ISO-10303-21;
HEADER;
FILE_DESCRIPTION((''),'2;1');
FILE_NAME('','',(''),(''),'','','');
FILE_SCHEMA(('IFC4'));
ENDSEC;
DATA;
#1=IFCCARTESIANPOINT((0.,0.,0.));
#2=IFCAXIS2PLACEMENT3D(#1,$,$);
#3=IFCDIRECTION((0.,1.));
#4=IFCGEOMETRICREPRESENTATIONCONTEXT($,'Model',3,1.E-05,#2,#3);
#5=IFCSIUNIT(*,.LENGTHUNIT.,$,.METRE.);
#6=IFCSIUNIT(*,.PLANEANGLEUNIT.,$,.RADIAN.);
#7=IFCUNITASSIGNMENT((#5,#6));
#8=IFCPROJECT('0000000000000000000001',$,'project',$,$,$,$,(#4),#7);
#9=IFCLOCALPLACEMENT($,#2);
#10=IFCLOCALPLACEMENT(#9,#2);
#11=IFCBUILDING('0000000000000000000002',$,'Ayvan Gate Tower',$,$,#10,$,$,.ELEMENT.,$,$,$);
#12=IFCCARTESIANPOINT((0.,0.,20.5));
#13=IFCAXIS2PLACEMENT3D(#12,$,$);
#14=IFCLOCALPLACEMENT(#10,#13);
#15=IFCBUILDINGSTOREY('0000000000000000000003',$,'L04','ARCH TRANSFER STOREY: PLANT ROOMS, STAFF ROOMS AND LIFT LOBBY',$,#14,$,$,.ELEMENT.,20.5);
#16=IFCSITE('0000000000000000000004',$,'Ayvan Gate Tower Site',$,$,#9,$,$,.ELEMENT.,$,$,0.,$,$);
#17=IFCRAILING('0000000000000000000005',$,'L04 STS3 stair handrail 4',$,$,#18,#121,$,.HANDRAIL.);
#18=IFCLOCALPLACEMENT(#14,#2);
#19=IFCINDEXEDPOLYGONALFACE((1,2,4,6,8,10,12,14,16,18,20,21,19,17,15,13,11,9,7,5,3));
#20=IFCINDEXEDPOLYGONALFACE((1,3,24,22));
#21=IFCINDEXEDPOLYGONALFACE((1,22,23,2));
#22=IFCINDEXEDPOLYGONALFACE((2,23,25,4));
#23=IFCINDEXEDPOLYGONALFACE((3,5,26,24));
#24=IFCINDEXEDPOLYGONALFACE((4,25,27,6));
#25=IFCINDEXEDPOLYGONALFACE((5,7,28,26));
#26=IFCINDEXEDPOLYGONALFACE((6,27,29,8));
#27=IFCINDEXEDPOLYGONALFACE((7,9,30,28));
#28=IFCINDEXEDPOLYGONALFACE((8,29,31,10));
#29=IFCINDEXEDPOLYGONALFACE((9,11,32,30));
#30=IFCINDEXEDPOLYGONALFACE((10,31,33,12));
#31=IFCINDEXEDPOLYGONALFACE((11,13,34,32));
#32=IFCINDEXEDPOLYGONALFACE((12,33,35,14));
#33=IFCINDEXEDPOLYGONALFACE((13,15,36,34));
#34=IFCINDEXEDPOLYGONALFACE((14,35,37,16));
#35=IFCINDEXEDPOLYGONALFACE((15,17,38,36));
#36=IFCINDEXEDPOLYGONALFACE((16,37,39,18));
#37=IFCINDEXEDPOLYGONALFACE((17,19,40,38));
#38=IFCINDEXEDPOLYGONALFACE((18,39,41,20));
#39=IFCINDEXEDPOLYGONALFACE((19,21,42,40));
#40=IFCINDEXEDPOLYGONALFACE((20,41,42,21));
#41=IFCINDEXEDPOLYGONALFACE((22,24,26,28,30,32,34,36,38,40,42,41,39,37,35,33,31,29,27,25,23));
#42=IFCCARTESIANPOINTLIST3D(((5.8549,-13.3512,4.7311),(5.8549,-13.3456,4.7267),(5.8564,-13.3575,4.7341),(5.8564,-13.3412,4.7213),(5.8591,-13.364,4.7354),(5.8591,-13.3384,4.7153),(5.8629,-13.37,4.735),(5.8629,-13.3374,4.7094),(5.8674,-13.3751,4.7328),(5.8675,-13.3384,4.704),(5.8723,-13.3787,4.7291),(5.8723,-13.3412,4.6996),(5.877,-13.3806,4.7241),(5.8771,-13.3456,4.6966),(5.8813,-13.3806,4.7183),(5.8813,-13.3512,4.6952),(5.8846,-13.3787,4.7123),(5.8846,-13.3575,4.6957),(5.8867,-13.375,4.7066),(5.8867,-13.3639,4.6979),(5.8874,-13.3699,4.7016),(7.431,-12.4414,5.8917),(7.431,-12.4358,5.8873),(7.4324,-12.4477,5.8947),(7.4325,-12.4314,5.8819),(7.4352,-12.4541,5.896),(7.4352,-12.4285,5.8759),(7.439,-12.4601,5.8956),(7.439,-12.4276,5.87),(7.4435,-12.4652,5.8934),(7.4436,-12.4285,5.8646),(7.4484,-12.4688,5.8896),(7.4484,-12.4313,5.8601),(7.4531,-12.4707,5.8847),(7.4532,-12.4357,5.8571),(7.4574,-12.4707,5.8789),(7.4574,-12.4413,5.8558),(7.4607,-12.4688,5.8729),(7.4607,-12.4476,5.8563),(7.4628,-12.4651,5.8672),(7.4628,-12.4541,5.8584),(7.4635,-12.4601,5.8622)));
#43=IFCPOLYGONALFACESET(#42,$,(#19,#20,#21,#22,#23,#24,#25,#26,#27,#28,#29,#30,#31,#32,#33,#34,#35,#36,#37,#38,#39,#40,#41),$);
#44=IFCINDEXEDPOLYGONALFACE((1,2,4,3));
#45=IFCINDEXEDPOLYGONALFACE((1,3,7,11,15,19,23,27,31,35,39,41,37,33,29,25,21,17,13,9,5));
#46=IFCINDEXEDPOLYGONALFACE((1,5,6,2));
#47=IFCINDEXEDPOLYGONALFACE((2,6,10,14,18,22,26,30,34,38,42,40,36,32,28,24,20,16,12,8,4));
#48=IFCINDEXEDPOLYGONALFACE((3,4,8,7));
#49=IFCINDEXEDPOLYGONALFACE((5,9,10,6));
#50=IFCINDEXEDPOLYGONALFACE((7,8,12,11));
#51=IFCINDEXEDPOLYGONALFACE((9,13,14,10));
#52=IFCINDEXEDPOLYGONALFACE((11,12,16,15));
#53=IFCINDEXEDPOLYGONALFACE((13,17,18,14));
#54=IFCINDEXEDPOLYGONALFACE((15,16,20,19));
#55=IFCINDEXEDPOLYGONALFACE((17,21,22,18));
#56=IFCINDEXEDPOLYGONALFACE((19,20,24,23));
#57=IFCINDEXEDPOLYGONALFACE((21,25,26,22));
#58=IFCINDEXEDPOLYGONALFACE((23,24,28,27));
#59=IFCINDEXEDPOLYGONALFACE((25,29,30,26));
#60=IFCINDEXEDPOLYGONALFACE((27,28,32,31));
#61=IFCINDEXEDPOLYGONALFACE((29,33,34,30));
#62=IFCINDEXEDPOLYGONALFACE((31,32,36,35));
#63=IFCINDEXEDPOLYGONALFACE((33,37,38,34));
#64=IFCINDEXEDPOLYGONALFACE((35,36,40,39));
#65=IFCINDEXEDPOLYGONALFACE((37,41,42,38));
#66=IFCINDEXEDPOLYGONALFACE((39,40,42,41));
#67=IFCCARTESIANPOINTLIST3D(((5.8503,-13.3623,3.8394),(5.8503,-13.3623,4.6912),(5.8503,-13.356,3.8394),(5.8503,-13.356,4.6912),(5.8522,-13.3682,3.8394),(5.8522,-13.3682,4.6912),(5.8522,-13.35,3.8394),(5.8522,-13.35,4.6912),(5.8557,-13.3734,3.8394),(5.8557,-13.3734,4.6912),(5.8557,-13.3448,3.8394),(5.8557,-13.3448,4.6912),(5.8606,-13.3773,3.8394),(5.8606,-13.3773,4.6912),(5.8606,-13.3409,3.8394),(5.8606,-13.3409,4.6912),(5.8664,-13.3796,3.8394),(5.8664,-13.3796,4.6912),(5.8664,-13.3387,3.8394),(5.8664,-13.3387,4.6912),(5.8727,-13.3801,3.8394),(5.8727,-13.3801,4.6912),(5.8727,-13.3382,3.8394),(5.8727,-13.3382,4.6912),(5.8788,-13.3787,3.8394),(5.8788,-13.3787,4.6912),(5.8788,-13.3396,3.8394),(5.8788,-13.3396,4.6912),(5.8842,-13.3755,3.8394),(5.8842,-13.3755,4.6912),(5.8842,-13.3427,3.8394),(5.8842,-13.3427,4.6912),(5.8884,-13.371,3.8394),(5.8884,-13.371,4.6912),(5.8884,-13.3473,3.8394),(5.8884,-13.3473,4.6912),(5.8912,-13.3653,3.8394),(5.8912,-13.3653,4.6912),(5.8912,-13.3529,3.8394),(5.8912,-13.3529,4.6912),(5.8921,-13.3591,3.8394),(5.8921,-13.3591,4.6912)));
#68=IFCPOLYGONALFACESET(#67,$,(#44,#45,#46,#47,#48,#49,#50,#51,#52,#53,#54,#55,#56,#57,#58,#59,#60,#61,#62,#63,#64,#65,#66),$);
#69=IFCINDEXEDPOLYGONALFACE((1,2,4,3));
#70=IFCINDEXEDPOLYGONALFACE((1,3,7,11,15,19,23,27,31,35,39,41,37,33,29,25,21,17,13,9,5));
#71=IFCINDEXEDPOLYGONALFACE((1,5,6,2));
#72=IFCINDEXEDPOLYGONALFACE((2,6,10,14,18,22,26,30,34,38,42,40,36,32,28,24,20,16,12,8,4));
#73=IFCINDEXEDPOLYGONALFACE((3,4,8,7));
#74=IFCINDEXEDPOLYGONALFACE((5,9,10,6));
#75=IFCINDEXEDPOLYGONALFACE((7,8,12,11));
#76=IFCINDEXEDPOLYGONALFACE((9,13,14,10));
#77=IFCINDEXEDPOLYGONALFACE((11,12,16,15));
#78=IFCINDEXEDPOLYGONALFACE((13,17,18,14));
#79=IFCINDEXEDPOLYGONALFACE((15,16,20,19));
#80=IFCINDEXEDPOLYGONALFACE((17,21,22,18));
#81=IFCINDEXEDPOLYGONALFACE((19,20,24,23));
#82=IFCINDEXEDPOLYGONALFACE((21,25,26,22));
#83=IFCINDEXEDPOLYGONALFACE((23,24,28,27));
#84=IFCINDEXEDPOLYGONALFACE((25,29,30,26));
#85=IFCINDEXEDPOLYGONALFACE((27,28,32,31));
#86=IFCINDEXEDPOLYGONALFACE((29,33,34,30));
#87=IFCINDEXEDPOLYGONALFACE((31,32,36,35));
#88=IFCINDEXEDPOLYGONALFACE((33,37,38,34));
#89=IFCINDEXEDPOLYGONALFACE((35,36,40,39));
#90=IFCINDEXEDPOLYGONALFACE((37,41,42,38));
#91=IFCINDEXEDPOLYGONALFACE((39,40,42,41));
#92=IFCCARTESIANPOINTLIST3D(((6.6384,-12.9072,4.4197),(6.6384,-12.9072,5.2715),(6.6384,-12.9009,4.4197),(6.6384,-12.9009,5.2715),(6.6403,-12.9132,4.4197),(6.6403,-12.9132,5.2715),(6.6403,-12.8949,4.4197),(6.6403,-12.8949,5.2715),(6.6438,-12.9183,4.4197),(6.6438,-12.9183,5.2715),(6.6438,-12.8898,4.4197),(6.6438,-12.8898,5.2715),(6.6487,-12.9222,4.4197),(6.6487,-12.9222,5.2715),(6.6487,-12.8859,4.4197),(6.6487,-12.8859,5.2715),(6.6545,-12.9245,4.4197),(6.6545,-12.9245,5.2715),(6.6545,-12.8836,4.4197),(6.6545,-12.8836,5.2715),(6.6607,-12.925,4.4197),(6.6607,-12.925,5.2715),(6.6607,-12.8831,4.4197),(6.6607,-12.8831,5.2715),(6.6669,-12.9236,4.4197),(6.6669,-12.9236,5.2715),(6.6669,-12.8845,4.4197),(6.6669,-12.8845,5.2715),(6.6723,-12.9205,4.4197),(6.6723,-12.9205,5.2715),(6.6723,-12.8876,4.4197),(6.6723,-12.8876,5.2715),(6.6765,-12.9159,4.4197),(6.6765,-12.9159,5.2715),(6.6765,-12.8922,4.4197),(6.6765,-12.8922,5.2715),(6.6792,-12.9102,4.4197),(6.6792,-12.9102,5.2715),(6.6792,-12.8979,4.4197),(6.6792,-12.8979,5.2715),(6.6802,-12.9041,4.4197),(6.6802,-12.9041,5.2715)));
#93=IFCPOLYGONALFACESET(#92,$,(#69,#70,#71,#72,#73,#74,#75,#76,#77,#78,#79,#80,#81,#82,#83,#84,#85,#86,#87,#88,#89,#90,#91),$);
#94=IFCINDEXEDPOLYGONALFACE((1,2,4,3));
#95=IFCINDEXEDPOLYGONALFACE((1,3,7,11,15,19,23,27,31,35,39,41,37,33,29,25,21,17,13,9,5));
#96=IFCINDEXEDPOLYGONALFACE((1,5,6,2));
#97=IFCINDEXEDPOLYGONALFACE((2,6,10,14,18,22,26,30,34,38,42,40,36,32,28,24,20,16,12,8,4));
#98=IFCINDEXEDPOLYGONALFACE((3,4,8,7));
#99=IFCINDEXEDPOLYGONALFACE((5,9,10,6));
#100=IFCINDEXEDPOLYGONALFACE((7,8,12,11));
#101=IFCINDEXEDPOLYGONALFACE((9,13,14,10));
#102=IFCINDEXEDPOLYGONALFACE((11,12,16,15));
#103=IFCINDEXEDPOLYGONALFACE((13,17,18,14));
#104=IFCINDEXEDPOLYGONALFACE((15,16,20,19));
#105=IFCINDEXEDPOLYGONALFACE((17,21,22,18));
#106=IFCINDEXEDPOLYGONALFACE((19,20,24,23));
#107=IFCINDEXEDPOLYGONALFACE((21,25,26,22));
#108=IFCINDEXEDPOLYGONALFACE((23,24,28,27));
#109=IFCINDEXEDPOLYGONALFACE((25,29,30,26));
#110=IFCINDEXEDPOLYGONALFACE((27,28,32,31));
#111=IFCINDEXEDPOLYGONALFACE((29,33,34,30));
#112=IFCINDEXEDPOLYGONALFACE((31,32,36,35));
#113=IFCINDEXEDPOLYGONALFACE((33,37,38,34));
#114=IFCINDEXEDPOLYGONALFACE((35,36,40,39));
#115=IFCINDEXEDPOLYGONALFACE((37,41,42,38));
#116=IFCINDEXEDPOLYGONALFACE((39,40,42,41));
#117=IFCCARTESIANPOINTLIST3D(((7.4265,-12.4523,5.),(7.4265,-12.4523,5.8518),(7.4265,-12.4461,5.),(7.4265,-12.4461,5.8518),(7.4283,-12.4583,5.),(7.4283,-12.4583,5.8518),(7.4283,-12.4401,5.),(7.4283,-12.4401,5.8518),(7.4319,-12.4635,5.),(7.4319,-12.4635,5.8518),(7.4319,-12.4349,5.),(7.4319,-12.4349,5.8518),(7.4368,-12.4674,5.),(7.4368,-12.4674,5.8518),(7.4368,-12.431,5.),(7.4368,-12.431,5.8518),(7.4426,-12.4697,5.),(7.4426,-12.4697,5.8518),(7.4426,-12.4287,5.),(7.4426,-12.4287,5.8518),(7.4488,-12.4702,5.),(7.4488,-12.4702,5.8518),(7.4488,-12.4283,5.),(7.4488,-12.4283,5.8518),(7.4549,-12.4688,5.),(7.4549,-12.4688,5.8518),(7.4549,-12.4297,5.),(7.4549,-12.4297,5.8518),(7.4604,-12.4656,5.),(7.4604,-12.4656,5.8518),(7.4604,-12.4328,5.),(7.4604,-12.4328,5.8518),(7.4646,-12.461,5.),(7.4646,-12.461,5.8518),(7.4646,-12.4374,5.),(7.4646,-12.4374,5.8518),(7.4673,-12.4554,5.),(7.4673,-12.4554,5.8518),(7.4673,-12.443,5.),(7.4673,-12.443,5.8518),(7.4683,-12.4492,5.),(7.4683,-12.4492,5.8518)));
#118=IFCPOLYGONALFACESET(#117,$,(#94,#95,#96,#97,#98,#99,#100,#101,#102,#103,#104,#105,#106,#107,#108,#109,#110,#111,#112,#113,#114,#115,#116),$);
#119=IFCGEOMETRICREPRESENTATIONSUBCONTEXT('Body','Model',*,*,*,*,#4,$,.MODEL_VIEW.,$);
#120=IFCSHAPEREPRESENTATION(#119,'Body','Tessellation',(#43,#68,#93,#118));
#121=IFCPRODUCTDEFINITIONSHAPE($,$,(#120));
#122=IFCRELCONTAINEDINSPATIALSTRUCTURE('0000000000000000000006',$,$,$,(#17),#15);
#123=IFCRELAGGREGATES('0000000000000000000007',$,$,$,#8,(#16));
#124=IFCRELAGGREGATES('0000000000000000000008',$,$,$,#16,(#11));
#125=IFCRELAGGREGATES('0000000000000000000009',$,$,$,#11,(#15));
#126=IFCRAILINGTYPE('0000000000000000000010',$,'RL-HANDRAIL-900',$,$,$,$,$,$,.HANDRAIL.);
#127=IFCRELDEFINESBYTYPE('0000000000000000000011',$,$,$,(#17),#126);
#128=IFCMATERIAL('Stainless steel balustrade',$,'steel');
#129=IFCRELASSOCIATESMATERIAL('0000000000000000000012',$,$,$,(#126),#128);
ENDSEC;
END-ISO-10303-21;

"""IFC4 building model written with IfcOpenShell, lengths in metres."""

from ifc_helpers import new_model, si_unit, direction, frame, origin, origin_2d, place, context, subcontext, project, spatial, circle, extrude, material, type_object, element, save


model = new_model("IFC4")

# Units and contexts
model_context = context("Model", 3, precision=1e-05, world=origin(), true_north=direction((0.0, 1.0)))
body_context = subcontext(model_context, "Body", "Model", "MODEL_VIEW")
ifc_project = project(units=[si_unit("LENGTHUNIT", "METRE"), si_unit("PLANEANGLEUNIT", "RADIAN")], contexts=[model_context])

# Site, building, storey
site_placement = place(None, origin())
site = spatial("IfcSite", under=ifc_project, at=site_placement, Name="Ayvan Gate Tower Site", CompositionType="ELEMENT", RefElevation=0.0)
building_placement = place(site_placement, origin())
building = spatial("IfcBuilding", under=site, at=building_placement, Name="Ayvan Gate Tower", CompositionType="ELEMENT")
storey_placement = place(building_placement, frame((0.0, 0.0, 20.5)))
storey = spatial("IfcBuildingStorey", under=building, at=storey_placement, Name="L04", Description="ARCH TRANSFER STOREY: PLANT ROOMS, STAFF ROOMS AND LIFT LOBBY", CompositionType="ELEMENT", Elevation=20.5)

# Railing
ifc_material_1 = material(Name="Stainless steel balustrade", Category="steel")
railing_type_1 = type_object("IfcRailingType", Name="RL-HANDRAIL-900", PredefinedType="HANDRAIL", material=ifc_material_1)
railing_1_placement = place(storey_placement, frame((5.8711, -13.3591, 3.8394)))
element("IfcRailing", 1, at=railing_1_placement, inside=storey, type_object=railing_type_1, Name="L04 STS3 stair handrail 4", PredefinedType="HANDRAIL", context=body_context, shape_type="SweptSolid", body=[
    extrude(circle(Radius=0.0239, at=origin_2d()), frame((0.0, 0.0, 0.876), z_axis=(0.730198, 0.421538, 0.537695), x_axis=(-0.499962, 0.866047, 0.0)), (0.0, 0.0, 1.0), 2.1584),
    extrude(circle(Radius=0.021, at=origin_2d()), origin(), (0.0, 0.0, 1.0), 0.8518),
    extrude(circle(Radius=0.021, at=origin_2d()), frame((0.7881, 0.4551, 0.5803)), (0.0, 0.0, 1.0), 0.8518),
    extrude(circle(Radius=0.021, at=origin_2d()), frame((1.5762, 0.9099, 1.1606)), (0.0, 0.0, 1.0), 0.8518),
])

save(model, "model.ifc")
